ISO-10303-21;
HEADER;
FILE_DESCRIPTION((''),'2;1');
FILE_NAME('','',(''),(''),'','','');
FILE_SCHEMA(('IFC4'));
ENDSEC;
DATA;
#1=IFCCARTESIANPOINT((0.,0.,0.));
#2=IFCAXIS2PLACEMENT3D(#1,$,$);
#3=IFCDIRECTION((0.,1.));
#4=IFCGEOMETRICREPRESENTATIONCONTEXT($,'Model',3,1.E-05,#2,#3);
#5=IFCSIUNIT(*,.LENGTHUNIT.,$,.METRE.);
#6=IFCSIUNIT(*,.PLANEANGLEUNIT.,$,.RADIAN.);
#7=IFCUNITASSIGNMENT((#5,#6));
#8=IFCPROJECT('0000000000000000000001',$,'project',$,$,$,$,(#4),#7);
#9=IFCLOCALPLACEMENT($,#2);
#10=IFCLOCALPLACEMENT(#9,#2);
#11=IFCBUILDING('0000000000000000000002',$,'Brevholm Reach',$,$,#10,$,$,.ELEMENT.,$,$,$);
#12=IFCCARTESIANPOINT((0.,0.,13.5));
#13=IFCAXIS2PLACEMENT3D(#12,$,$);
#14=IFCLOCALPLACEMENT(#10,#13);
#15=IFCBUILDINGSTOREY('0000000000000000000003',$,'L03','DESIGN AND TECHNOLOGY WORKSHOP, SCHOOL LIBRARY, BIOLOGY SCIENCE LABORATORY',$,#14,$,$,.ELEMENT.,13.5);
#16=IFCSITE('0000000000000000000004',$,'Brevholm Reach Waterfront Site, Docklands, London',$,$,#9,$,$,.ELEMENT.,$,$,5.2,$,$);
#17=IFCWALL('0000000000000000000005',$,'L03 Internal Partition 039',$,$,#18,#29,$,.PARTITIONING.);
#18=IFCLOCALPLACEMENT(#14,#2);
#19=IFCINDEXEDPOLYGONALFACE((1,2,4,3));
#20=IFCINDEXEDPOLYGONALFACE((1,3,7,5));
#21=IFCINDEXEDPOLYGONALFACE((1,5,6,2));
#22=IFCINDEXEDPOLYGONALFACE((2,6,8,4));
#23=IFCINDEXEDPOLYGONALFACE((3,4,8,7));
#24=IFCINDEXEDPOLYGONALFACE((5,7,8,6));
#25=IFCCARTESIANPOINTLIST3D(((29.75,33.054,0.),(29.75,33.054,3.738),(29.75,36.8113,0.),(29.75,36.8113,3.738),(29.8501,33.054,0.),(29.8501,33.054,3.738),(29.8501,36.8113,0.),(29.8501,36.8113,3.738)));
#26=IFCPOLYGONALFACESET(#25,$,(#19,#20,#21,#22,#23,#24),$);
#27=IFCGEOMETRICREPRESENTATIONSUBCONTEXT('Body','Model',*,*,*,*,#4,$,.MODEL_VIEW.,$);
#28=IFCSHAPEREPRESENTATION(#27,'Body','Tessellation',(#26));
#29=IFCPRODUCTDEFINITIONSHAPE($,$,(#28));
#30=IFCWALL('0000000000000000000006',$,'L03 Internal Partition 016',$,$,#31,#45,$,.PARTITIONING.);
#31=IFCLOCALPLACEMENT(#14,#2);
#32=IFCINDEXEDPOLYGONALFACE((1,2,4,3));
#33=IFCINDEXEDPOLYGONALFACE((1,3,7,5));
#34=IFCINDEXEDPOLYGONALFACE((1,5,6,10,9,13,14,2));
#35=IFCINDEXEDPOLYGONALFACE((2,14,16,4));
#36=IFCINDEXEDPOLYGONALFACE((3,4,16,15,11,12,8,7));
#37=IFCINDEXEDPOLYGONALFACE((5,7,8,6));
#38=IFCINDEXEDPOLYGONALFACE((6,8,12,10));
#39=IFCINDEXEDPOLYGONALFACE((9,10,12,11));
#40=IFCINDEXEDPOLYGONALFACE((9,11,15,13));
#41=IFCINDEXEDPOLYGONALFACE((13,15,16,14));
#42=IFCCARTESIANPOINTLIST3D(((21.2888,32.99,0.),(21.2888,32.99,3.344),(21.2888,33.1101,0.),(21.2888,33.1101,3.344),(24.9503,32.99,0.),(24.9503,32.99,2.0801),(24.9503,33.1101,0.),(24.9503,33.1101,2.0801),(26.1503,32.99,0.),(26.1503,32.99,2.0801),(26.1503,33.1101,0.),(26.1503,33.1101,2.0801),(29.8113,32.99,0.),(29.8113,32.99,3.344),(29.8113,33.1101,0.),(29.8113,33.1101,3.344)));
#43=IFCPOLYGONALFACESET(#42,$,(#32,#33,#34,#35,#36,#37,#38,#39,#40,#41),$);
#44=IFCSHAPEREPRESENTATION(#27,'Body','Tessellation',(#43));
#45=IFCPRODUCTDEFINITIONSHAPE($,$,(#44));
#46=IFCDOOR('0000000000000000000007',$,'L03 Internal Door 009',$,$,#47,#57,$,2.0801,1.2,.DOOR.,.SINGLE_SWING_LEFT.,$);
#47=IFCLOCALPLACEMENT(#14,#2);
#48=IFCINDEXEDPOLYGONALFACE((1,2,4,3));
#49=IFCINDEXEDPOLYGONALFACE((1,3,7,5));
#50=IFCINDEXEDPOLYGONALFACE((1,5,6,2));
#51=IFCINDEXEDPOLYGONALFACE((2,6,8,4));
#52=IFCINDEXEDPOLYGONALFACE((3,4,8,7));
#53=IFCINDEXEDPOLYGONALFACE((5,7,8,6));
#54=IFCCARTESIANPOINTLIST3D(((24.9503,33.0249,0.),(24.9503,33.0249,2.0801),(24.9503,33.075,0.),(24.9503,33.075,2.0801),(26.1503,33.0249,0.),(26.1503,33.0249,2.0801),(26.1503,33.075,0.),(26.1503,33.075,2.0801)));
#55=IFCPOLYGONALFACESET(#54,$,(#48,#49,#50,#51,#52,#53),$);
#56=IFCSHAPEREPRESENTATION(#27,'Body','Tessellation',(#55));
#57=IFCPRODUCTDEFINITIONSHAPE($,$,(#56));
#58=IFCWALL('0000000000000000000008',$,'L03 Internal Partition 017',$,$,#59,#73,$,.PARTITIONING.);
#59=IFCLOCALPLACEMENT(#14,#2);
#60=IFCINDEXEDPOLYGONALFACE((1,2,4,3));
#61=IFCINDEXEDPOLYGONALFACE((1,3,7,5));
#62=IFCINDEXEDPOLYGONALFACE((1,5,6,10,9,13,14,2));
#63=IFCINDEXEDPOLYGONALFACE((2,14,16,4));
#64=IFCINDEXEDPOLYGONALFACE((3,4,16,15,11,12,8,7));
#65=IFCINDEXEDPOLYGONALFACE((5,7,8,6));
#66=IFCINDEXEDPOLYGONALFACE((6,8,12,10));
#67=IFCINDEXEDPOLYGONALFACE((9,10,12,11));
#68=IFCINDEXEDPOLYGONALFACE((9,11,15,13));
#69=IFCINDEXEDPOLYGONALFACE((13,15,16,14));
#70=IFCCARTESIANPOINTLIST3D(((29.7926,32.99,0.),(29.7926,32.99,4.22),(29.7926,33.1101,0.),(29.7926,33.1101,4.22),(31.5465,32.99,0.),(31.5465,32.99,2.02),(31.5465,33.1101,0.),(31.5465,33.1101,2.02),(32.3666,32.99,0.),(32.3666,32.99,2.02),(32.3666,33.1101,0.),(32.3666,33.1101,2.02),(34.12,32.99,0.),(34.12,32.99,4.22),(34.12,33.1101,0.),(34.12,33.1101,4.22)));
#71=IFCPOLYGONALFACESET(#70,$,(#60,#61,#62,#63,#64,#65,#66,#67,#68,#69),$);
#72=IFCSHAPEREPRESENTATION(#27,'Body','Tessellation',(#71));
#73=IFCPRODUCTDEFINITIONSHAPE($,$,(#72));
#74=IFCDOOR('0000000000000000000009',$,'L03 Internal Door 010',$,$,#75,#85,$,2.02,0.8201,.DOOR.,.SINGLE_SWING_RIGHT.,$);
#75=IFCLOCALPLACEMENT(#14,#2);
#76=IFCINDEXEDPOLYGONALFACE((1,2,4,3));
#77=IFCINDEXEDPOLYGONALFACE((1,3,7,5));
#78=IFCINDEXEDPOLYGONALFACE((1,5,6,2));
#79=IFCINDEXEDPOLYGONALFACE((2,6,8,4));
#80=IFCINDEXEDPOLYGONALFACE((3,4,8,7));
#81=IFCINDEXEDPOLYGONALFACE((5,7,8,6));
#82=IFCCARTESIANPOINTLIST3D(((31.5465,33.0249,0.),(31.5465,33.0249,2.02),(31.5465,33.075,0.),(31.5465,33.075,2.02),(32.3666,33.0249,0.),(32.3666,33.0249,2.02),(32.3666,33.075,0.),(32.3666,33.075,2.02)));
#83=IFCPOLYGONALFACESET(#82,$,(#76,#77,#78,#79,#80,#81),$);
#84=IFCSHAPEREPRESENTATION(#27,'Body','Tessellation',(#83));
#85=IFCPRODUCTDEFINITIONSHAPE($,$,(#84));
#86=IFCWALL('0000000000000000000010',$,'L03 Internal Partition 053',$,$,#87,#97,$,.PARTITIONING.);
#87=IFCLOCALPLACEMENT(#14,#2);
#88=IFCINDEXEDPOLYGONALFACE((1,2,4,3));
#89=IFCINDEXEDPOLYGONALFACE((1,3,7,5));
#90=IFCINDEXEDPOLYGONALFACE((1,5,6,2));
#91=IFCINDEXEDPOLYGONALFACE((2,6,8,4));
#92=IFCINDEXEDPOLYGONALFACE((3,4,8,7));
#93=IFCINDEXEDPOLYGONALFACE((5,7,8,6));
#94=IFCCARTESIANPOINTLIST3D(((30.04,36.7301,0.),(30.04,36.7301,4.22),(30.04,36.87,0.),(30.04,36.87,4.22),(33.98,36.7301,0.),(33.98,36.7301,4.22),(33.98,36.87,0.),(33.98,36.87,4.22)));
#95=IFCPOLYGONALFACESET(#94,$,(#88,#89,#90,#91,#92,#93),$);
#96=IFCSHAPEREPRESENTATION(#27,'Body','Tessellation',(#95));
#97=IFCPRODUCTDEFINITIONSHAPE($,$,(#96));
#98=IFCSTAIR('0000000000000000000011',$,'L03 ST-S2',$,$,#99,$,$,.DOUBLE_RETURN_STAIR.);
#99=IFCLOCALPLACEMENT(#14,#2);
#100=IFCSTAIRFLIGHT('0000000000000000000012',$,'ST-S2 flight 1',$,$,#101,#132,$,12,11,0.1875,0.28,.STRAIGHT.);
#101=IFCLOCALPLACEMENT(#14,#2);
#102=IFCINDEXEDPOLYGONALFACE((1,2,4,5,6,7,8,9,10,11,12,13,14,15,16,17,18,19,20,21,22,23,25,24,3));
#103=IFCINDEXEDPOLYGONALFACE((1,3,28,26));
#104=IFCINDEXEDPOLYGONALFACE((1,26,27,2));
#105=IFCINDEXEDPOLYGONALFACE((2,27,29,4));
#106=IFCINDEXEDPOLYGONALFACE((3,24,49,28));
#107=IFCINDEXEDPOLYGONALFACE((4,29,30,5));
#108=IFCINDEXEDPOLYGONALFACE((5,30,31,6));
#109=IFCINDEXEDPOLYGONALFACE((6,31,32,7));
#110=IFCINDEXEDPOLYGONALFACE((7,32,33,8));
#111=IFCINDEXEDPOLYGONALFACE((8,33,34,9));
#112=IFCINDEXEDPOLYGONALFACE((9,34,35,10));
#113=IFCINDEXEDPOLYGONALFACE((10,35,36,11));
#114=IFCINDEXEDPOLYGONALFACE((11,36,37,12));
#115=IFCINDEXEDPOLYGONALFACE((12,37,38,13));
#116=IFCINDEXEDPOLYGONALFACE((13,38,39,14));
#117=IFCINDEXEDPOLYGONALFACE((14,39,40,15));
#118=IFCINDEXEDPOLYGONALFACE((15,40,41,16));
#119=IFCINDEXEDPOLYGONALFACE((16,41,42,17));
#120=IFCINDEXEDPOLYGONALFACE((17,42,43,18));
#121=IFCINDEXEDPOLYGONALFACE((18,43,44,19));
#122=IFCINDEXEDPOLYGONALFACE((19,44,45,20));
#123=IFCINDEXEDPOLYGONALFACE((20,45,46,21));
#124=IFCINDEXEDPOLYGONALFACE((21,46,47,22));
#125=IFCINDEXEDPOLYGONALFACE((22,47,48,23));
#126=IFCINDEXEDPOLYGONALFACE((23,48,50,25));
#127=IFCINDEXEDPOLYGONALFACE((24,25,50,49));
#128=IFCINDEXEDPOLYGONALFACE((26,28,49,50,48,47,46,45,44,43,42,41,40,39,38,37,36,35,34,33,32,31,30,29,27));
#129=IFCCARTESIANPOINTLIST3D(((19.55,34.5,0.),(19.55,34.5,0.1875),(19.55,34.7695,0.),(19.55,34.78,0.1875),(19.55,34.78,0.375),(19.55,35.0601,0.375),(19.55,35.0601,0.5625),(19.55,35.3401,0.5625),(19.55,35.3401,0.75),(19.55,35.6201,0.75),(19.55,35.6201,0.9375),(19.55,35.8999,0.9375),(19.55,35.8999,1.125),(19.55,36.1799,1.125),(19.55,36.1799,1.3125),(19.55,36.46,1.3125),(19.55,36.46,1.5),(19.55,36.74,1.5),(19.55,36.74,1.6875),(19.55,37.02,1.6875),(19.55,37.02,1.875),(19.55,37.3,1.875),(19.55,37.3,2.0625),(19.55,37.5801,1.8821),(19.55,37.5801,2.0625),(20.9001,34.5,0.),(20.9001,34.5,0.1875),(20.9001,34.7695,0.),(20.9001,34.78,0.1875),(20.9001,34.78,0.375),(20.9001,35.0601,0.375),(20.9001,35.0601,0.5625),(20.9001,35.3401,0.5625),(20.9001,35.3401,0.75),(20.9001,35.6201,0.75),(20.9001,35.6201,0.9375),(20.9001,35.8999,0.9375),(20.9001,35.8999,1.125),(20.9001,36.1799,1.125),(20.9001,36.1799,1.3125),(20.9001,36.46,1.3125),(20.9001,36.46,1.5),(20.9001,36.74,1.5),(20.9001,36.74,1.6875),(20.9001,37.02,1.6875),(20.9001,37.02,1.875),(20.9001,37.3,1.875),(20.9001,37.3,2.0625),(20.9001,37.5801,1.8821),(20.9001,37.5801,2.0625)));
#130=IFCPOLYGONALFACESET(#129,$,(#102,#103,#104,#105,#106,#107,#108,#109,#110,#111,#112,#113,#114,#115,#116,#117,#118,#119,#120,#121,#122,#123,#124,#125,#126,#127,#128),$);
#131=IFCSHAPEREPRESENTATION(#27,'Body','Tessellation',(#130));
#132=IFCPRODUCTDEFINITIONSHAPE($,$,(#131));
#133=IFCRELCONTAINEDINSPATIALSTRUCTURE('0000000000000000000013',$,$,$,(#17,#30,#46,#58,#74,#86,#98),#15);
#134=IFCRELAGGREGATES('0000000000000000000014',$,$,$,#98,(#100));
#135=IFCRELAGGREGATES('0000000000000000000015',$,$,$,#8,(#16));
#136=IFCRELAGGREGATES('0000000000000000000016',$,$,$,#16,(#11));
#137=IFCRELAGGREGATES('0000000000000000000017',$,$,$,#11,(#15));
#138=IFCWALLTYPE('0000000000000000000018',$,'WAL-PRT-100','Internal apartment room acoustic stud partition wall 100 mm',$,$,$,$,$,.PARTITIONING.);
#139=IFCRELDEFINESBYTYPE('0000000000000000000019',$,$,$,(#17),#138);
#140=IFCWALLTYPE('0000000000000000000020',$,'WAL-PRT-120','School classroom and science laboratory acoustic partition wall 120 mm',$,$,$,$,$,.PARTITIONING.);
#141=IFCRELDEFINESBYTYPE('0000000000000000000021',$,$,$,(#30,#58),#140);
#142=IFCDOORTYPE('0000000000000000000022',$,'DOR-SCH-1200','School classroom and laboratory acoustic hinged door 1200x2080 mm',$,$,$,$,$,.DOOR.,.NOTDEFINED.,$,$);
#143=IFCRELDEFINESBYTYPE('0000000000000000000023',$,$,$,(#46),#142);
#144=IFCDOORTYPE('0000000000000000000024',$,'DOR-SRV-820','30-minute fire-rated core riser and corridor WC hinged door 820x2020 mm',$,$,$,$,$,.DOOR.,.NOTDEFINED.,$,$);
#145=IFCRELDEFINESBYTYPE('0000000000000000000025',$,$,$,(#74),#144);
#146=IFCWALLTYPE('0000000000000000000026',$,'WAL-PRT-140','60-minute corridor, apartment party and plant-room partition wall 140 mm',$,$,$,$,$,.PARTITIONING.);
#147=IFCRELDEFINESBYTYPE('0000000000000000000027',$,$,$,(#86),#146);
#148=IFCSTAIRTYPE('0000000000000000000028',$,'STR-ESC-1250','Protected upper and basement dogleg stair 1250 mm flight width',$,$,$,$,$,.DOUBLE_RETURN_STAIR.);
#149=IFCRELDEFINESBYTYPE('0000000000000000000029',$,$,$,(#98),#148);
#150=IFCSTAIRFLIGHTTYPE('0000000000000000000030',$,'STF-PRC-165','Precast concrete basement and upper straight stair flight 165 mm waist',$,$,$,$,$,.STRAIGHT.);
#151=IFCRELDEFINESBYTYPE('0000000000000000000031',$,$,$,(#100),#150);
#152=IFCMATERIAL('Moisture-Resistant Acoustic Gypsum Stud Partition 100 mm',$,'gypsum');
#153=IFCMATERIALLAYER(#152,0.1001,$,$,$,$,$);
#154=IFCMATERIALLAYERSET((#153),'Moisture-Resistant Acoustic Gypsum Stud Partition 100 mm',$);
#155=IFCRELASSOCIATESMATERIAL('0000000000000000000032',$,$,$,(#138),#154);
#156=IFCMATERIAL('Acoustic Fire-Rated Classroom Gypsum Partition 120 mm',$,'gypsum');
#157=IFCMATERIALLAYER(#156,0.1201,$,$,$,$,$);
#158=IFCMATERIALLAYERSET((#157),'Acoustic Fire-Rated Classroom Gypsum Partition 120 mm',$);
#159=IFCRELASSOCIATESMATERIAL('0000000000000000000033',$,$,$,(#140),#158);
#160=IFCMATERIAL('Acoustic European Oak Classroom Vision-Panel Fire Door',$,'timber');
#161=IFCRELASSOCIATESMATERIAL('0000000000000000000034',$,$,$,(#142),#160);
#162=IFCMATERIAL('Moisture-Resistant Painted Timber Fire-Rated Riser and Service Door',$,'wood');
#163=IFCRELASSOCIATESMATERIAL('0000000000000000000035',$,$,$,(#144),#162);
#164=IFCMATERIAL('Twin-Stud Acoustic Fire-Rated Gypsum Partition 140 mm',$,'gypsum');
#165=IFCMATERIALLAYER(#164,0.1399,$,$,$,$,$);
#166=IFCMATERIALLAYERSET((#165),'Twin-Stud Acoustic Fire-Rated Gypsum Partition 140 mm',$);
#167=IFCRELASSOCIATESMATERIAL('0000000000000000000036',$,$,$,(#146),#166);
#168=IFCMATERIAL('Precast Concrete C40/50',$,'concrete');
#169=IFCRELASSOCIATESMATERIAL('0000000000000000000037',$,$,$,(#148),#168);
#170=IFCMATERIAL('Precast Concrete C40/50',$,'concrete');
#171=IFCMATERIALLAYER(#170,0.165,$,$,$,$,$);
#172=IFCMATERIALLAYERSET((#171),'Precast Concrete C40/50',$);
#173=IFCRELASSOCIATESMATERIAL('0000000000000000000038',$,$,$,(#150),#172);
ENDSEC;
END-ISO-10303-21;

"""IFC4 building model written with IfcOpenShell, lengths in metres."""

from ifc_helpers import new_model, si_unit, direction, frame, frame_2d, origin, place, context, subcontext, project, spatial, polyline, rectangle, outline, extrude, material, layer, layer_set, type_object, element, fill, aggregate, save


model = new_model("IFC4")

# Units and contexts
model_context = context("Model", 3, precision=1e-05, world=origin(), true_north=direction((0.0, 1.0)))
body_context = subcontext(model_context, "Body", "Model", "MODEL_VIEW")
ifc_project = project(units=[si_unit("LENGTHUNIT", "METRE"), si_unit("PLANEANGLEUNIT", "RADIAN")], contexts=[model_context])

# Site, building, storey
site_placement = place(None, origin())
site = spatial("IfcSite", under=ifc_project, at=site_placement, Name="Brevholm Reach Waterfront Site, Docklands, London", CompositionType="ELEMENT", RefElevation=5.2)
building_placement = place(site_placement, origin())
building = spatial("IfcBuilding", under=site, at=building_placement, Name="Brevholm Reach", CompositionType="ELEMENT")
storey_placement = place(building_placement, frame((0.0, 0.0, 13.5)))
storey = spatial("IfcBuildingStorey", under=building, at=storey_placement, Name="L03", Description="DESIGN AND TECHNOLOGY WORKSHOP, SCHOOL LIBRARY, BIOLOGY SCIENCE LABORATORY", CompositionType="ELEMENT", Elevation=13.5)

# Wall
ifc_material_1 = material(Name="Moisture-Resistant Acoustic Gypsum Stud Partition 100 mm", Category="gypsum")
ifc_layer_1 = layer(ifc_material_1, 0.1001)
ifc_layer_set_1 = layer_set([ifc_layer_1], Name="Moisture-Resistant Acoustic Gypsum Stud Partition 100 mm")
wall_type_1 = type_object("IfcWallType", Name="WAL-PRT-100", Description="Internal apartment room acoustic stud partition wall 100 mm", PredefinedType="PARTITIONING", material=ifc_layer_set_1)
wall_1_placement = place(storey_placement, frame((29.8, 33.054, 0.0), z_axis=(0.0, 0.0, 1.0), x_axis=(0.0, 1.0, 0.0)))
element("IfcWall", 1, at=wall_1_placement, inside=storey, type_object=wall_type_1, Name="L03 Internal Partition 039", PredefinedType="PARTITIONING", context=body_context, shape_type="SweptSolid", body=[
    extrude(rectangle(XDim=3.7573, YDim=0.1001, at=frame_2d((1.8787, 0.0))), origin(), (0.0, 0.0, 1.0), 3.738),
])

# Walls, openings, doors
ifc_material_2 = material(Name="Acoustic Fire-Rated Classroom Gypsum Partition 120 mm", Category="gypsum")
ifc_layer_2 = layer(ifc_material_2, 0.1201)
ifc_layer_set_2 = layer_set([ifc_layer_2], Name="Acoustic Fire-Rated Classroom Gypsum Partition 120 mm")
wall_type_2 = type_object("IfcWallType", Name="WAL-PRT-120", Description="School classroom and science laboratory acoustic partition wall 120 mm", PredefinedType="PARTITIONING", material=ifc_layer_set_2)
wall_2_placement = place(storey_placement, frame((21.2888, 33.05, 0.0), z_axis=(0.0, 0.0, 1.0), x_axis=(1.0, 0.0, 0.0)))
wall_2 = element("IfcWall", 2, at=wall_2_placement, inside=storey, type_object=wall_type_2, Name="L03 Internal Partition 016", PredefinedType="PARTITIONING", context=body_context, shape_type="SweptSolid", body=[
    extrude(rectangle(XDim=8.5225, YDim=0.1201, at=frame_2d((4.2612, 0.0))), origin(), (0.0, 0.0, 1.0), 3.344),
])
opening_1_placement = place(wall_2_placement, frame((3.6614, 0.0, 0.0)))
opening_1 = element("IfcOpeningElement", 3, at=opening_1_placement, cuts=wall_2, PredefinedType="OPENING", context=body_context, shape_type="SweptSolid", body=[
    extrude(rectangle(XDim=1.2, YDim=2.0801, at=frame_2d((0.6001, 1.04))), frame((0.0, 0.0701, 0.0), z_axis=(0.0, -1.0, 0.0), x_axis=(1.0, 0.0, 0.0)), (0.0, 0.0, 1.0), 0.1401),
])
ifc_material_3 = material(Name="Acoustic European Oak Classroom Vision-Panel Fire Door", Category="timber")
door_type_1 = type_object("IfcDoorType", Name="DOR-SCH-1200", Description="School classroom and laboratory acoustic hinged door 1200x2080 mm", OperationType="NOTDEFINED", PredefinedType="DOOR", material=ifc_material_3)
door_1_placement = place(opening_1_placement, origin())
door_1 = element("IfcDoor", 4, at=door_1_placement, inside=storey, type_object=door_type_1, Name="L03 Internal Door 009", OperationType="SINGLE_SWING_LEFT", OverallHeight=2.0801, OverallWidth=1.2, PredefinedType="DOOR", context=body_context, shape_type="SweptSolid", body=[
    extrude(rectangle(XDim=1.2, YDim=2.0801, at=frame_2d((0.6001, 1.04))), frame((0.0, 0.0249, 0.0), z_axis=(0.0, -1.0, 0.0), x_axis=(1.0, 0.0, 0.0)), (0.0, 0.0, 1.0), 0.05),
])
fill(opening_1, door_1)
wall_3_placement = place(storey_placement, frame((29.7927, 33.05, 0.0), z_axis=(0.0, 0.0, 1.0), x_axis=(1.0, 0.0, 0.0)))
wall_3 = element("IfcWall", 5, at=wall_3_placement, inside=storey, type_object=wall_type_2, Name="L03 Internal Partition 017", PredefinedType="PARTITIONING", context=body_context, shape_type="SweptSolid", body=[
    extrude(rectangle(XDim=4.3274, YDim=0.1201, at=frame_2d((2.1636, 0.0))), origin(), (0.0, 0.0, 1.0), 4.22),
])
opening_2_placement = place(wall_3_placement, frame((1.7537, 0.0, 0.0)))
opening_2 = element("IfcOpeningElement", 6, at=opening_2_placement, cuts=wall_3, PredefinedType="OPENING", context=body_context, shape_type="SweptSolid", body=[
    extrude(rectangle(XDim=0.8201, YDim=2.02, at=frame_2d((0.4102, 1.01))), frame((0.0, 0.0701, 0.0), z_axis=(0.0, -1.0, 0.0), x_axis=(1.0, 0.0, 0.0)), (0.0, 0.0, 1.0), 0.1401),
])
ifc_material_4 = material(Name="Moisture-Resistant Painted Timber Fire-Rated Riser and Service Door", Category="wood")
door_type_2 = type_object("IfcDoorType", Name="DOR-SRV-820", Description="30-minute fire-rated core riser and corridor WC hinged door 820x2020 mm", OperationType="NOTDEFINED", PredefinedType="DOOR", material=ifc_material_4)
door_2_placement = place(opening_2_placement, origin())
door_2 = element("IfcDoor", 7, at=door_2_placement, inside=storey, type_object=door_type_2, Name="L03 Internal Door 010", OperationType="SINGLE_SWING_RIGHT", OverallHeight=2.02, OverallWidth=0.8201, PredefinedType="DOOR", context=body_context, shape_type="SweptSolid", body=[
    extrude(rectangle(XDim=0.8201, YDim=2.02, at=frame_2d((0.4102, 1.01))), frame((0.0, 0.0249, 0.0), z_axis=(0.0, -1.0, 0.0), x_axis=(1.0, 0.0, 0.0)), (0.0, 0.0, 1.0), 0.05),
])
fill(opening_2, door_2)

# Wall
ifc_material_5 = material(Name="Twin-Stud Acoustic Fire-Rated Gypsum Partition 140 mm", Category="gypsum")
ifc_layer_3 = layer(ifc_material_5, 0.1399)
ifc_layer_set_3 = layer_set([ifc_layer_3], Name="Twin-Stud Acoustic Fire-Rated Gypsum Partition 140 mm")
wall_type_3 = type_object("IfcWallType", Name="WAL-PRT-140", Description="60-minute corridor, apartment party and plant-room partition wall 140 mm", PredefinedType="PARTITIONING", material=ifc_layer_set_3)
wall_4_placement = place(storey_placement, frame((30.04, 36.8, 0.0), z_axis=(0.0, 0.0, 1.0), x_axis=(1.0, 0.0, 0.0)))
element("IfcWall", 8, at=wall_4_placement, inside=storey, type_object=wall_type_3, Name="L03 Internal Partition 053", PredefinedType="PARTITIONING", context=body_context, shape_type="SweptSolid", body=[
    extrude(rectangle(XDim=3.9399, YDim=0.1399, at=frame_2d((1.97, 0.0))), origin(), (0.0, 0.0, 1.0), 4.22),
])

# Stair, stair flight
ifc_material_6 = material(Name="Precast Concrete C40/50", Category="concrete")
stair_type = type_object("IfcStairType", Name="STR-ESC-1250", Description="Protected upper and basement dogleg stair 1250 mm flight width", PredefinedType="DOUBLE_RETURN_STAIR", material=ifc_material_6)
stair_placement = place(storey_placement, origin())
stair = element("IfcStair", 9, at=stair_placement, inside=storey, type_object=stair_type, Name="L03 ST-S2", PredefinedType="DOUBLE_RETURN_STAIR")
ifc_material_7 = material(Name="Precast Concrete C40/50", Category="concrete")
ifc_layer_4 = layer(ifc_material_7, 0.165)
ifc_layer_set_4 = layer_set([ifc_layer_4], Name="Precast Concrete C40/50")
stair_flight_type = type_object("IfcStairFlightType", Name="STF-PRC-165", Description="Precast concrete basement and upper straight stair flight 165 mm waist", PredefinedType="STRAIGHT", material=ifc_layer_set_4)
stair_flight_placement = place(storey_placement, frame((20.2251, 34.5, 0.0), z_axis=(0.0, 0.0, 1.0), x_axis=(0.0, 1.0, 0.0)))
stair_flight = element("IfcStairFlight", 10, at=stair_flight_placement, type_object=stair_flight_type, Name="ST-S2 flight 1", NumberOfRisers=12, NumberOfTreads=11, PredefinedType="STRAIGHT", RiserHeight=0.1875, TreadLength=0.28, context=body_context, shape_type="SweptSolid", body=[
    extrude(outline(polyline([(0.0, 0.0), (0.0, 0.1875), (0.28, 0.1875), (0.28, 0.375), (0.5601, 0.375), (0.5601, 0.5625), (0.8401, 0.5625), (0.8401, 0.75), (1.1201, 0.75), (1.1201, 0.9375), (1.3999, 0.9375), (1.3999, 1.125), (1.6799, 1.125), (1.6799, 1.3125), (1.96, 1.3125), (1.96, 1.5), (2.24, 1.5), (2.24, 1.6875), (2.52, 1.6875), (2.52, 1.875), (2.8, 1.875), (2.8, 2.0625), (3.0801, 2.0625), (3.0801, 2.25), (3.0801, 1.8821), (0.2695, 0.0), (0.0, 0.0)])), frame((0.0, 0.675, 0.0), z_axis=(0.0, -1.0, 0.0), x_axis=(1.0, 0.0, 0.0)), (0.0, 0.0, 1.0), 1.3501),
])
aggregate(stair, [stair_flight])

save(model, "model.ifc")
